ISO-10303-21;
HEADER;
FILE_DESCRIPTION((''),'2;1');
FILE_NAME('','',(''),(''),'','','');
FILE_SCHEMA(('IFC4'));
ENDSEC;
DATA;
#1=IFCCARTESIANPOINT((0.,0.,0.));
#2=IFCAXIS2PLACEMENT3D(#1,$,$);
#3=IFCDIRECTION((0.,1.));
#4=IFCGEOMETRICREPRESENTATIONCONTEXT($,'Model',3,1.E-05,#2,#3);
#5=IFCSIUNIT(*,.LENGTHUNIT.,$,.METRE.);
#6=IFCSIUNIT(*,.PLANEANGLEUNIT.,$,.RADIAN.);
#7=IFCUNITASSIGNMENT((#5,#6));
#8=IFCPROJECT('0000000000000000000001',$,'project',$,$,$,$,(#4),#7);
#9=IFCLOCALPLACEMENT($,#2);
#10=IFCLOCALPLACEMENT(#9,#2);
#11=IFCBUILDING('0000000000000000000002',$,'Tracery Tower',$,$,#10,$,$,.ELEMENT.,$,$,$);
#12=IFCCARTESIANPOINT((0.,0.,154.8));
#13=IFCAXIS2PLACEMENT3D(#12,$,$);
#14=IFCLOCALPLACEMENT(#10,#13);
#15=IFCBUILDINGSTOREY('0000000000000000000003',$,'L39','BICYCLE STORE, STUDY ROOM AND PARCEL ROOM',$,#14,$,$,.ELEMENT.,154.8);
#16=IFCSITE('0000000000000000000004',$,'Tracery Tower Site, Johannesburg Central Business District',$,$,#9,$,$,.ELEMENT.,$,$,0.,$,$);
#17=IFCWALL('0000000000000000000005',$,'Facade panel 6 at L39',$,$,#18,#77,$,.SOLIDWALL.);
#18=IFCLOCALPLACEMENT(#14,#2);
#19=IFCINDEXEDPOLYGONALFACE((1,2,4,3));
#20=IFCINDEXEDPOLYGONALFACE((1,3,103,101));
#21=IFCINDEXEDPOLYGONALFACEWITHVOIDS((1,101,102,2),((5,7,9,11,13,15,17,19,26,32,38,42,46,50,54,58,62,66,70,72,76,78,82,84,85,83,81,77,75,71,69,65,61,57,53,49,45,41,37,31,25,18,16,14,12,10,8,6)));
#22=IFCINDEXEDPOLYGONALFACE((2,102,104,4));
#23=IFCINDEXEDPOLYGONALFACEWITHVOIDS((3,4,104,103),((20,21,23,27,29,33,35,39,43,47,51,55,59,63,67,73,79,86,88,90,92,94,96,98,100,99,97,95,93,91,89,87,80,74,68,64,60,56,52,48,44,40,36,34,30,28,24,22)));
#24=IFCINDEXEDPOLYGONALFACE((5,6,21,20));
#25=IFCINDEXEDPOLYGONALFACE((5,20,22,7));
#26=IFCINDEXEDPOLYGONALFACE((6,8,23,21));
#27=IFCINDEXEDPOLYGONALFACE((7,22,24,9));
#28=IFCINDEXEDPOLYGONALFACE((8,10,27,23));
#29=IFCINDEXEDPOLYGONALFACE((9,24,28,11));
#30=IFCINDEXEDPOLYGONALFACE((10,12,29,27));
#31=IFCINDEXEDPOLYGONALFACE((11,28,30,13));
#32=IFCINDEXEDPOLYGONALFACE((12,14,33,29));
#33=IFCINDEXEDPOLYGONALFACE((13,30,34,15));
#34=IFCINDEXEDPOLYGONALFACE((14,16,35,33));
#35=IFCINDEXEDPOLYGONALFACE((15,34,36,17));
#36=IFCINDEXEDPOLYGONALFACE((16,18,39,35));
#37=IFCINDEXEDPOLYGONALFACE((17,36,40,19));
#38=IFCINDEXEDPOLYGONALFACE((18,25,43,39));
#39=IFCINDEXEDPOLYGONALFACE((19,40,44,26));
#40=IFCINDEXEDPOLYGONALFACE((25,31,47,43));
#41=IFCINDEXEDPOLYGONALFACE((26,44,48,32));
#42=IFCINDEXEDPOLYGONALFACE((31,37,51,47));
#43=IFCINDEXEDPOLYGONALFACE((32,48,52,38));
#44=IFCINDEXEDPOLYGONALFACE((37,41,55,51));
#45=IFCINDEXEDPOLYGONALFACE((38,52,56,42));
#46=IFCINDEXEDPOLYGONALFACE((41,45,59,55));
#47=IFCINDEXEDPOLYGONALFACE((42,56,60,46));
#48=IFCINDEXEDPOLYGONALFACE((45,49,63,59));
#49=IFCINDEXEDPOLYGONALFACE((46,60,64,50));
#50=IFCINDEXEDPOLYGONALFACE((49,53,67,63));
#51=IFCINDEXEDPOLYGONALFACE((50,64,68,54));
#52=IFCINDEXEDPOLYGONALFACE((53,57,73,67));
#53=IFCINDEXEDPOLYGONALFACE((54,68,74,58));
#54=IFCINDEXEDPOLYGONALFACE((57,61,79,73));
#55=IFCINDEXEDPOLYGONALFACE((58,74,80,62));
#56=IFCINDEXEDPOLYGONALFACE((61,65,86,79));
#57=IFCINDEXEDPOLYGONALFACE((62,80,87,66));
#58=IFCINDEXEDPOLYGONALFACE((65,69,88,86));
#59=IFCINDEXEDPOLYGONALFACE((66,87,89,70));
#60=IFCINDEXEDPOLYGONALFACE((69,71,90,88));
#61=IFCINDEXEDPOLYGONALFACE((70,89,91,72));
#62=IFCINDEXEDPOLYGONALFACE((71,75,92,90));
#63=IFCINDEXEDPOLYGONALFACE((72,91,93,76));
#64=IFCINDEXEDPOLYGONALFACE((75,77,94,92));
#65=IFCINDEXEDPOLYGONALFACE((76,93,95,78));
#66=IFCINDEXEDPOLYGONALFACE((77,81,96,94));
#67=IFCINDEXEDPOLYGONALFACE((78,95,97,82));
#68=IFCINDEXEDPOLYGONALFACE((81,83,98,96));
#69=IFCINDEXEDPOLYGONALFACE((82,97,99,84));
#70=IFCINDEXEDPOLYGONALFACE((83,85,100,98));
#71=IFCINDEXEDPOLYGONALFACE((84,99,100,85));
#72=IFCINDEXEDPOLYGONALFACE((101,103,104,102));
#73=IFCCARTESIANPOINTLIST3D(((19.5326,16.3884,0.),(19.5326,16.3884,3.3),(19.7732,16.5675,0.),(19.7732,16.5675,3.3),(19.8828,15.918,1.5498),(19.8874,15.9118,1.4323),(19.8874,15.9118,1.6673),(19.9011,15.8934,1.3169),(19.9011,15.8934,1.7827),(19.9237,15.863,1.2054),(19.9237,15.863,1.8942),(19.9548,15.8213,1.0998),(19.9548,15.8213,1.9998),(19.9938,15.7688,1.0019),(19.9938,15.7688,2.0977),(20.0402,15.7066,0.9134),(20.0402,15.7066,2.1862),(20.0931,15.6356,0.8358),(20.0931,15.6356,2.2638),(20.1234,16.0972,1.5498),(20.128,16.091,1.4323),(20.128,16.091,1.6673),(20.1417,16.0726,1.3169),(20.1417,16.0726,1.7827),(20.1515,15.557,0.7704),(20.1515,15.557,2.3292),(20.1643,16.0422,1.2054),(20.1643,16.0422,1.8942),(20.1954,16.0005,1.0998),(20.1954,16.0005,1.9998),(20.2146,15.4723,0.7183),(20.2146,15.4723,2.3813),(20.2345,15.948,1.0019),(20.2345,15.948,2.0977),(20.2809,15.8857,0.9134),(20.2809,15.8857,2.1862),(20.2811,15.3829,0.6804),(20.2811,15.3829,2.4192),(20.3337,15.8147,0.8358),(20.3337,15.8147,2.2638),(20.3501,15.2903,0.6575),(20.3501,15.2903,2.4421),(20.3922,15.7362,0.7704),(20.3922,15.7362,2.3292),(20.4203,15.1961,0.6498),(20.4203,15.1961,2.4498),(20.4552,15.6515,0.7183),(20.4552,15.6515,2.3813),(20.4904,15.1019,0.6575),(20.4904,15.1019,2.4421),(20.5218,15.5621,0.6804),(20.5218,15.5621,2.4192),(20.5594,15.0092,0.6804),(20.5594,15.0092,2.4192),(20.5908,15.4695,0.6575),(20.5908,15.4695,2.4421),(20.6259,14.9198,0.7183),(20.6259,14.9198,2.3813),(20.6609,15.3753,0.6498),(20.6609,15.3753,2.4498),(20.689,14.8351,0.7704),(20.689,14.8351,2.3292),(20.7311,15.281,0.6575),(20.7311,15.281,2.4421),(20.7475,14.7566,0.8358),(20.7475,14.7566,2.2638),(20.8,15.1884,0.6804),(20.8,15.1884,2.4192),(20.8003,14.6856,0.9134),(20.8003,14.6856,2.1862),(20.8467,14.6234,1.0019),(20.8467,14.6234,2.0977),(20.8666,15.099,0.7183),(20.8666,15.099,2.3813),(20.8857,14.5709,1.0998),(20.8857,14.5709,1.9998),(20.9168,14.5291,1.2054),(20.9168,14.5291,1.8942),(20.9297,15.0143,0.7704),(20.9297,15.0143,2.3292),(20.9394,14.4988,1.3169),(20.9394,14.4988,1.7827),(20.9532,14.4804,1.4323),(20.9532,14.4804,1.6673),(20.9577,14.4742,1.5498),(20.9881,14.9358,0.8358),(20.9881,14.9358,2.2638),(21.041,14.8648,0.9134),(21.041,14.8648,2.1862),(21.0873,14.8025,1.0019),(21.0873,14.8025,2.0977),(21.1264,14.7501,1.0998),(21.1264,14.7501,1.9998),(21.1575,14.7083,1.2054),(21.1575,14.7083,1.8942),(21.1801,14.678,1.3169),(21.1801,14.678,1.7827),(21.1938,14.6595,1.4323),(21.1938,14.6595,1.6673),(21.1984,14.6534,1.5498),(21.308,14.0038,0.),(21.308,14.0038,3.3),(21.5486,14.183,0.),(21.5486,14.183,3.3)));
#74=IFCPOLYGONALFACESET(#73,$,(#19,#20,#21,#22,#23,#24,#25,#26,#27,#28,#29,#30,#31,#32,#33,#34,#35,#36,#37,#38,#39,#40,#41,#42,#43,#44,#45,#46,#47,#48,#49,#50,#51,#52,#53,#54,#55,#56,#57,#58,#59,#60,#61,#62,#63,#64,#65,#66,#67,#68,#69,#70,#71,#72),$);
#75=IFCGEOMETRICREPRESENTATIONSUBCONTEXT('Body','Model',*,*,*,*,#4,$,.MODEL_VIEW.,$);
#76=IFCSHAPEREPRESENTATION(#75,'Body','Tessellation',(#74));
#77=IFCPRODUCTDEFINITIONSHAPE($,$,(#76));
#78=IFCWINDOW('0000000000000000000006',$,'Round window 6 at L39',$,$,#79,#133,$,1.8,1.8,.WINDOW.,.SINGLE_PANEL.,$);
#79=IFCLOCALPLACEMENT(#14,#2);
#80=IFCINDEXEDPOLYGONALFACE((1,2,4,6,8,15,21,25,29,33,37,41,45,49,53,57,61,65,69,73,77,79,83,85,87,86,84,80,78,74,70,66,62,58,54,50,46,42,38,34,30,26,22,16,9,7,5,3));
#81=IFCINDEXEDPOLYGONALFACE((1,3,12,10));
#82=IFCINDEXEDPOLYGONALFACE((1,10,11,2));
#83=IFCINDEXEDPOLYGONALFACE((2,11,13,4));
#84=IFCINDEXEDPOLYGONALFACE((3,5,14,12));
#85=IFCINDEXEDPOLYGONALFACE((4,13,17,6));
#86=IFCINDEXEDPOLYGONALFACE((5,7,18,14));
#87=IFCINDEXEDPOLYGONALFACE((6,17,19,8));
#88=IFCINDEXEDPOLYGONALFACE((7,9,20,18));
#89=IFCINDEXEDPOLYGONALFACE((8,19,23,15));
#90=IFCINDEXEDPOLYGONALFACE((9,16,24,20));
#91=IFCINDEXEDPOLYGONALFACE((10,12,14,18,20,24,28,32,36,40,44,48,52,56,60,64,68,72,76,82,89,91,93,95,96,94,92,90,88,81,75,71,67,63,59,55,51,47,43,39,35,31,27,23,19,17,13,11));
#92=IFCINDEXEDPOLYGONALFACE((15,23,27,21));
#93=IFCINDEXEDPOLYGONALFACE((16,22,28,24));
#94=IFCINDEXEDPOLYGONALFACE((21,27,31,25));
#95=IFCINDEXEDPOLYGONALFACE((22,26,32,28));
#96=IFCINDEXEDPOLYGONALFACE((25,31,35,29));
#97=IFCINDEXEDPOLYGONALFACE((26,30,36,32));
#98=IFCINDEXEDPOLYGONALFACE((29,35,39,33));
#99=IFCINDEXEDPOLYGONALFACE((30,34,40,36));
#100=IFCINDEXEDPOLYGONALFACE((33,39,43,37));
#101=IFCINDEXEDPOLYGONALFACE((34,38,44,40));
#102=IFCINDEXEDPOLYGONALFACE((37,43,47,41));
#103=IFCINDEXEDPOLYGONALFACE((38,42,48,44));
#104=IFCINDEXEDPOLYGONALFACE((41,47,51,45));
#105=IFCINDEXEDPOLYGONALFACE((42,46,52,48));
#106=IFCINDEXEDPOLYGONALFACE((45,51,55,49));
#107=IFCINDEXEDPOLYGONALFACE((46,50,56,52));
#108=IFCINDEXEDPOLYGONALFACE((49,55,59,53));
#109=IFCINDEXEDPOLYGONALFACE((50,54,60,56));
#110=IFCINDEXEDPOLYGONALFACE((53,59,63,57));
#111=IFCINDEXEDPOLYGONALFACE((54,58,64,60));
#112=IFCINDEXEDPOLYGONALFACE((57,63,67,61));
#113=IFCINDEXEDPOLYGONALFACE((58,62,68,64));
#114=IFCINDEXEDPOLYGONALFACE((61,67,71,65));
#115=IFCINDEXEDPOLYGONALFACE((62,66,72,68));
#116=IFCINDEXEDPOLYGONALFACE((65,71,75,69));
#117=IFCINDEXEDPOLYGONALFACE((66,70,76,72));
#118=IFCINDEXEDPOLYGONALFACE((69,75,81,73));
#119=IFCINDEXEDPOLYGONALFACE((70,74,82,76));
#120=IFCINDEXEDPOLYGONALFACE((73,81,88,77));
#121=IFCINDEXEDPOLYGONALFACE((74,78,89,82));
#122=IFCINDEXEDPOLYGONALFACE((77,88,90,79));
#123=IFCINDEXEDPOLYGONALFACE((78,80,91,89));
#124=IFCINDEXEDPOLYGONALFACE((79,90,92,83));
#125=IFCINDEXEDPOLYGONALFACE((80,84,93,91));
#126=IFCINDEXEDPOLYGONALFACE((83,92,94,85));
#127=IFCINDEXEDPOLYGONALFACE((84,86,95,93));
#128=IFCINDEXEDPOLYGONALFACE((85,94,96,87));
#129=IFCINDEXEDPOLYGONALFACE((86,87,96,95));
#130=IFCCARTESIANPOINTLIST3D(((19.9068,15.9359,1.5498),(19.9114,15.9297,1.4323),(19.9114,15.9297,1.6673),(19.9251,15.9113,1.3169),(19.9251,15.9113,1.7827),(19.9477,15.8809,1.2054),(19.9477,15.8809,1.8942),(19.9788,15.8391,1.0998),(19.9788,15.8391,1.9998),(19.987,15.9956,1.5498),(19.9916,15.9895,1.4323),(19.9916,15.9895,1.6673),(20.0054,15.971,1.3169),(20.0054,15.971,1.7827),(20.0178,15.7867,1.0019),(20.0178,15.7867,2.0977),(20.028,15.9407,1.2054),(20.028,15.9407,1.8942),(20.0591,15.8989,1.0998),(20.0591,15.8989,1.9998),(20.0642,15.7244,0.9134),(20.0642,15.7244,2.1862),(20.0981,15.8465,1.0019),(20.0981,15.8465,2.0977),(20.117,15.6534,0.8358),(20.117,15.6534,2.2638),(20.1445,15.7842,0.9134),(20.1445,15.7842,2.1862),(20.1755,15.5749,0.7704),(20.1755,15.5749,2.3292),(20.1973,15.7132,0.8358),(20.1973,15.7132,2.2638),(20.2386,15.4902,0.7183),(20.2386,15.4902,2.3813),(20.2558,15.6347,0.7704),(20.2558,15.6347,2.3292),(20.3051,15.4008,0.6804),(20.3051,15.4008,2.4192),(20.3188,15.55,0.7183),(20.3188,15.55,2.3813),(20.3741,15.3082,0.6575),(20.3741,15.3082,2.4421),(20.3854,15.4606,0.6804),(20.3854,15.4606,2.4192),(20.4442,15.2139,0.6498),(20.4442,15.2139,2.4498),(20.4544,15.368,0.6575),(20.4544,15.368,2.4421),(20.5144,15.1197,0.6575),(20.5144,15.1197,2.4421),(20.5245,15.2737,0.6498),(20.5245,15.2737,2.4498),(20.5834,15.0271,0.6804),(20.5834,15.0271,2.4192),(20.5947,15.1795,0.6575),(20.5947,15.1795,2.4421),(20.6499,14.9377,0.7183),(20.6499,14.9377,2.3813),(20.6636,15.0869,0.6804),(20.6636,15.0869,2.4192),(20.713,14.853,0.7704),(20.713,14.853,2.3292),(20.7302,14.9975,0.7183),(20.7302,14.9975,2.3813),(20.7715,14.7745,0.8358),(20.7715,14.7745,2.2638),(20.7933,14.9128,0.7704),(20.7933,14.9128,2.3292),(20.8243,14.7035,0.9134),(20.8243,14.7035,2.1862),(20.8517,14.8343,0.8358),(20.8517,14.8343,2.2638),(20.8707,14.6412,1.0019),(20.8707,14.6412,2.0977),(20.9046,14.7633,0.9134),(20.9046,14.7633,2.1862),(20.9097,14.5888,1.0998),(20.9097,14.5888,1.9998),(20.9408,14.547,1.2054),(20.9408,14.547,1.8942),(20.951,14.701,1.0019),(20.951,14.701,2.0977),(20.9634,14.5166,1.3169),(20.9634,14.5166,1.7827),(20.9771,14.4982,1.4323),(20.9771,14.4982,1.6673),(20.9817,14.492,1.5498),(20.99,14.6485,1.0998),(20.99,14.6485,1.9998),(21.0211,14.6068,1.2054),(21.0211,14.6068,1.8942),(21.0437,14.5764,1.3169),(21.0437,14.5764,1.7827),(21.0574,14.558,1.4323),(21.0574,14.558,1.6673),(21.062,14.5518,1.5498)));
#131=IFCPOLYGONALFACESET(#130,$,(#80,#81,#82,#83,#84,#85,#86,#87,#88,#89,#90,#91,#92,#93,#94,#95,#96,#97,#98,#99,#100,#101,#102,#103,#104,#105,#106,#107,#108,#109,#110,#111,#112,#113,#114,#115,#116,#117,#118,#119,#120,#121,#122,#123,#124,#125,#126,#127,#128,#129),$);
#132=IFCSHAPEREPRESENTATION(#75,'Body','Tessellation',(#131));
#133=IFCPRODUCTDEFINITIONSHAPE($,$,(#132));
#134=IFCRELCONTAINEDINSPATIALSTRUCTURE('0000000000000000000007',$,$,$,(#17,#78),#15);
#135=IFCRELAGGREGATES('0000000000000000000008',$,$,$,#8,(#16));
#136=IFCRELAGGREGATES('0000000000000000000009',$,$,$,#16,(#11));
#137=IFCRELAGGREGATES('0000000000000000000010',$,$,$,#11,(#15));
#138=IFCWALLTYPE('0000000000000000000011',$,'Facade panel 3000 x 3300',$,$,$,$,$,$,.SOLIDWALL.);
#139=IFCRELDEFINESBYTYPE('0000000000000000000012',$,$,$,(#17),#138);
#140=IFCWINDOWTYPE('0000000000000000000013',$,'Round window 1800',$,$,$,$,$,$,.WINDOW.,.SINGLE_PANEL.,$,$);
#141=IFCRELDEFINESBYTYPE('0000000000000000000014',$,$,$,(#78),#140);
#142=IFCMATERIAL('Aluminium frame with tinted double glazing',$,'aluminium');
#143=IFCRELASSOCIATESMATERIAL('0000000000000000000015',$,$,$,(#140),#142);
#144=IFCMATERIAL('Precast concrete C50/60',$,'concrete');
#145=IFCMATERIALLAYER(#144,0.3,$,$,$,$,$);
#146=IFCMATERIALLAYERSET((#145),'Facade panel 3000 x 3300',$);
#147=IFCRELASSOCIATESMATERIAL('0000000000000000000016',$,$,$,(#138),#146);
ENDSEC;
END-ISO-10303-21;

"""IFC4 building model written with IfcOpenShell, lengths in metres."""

from ifc_helpers import new_model, si_unit, direction, frame, frame_2d, origin, origin_2d, place, context, subcontext, project, spatial, rectangle, circle, extrude, material, layer, layer_set, type_object, element, fill, save


model = new_model("IFC4")

# Units and contexts
model_context = context("Model", 3, precision=1e-05, world=origin(), true_north=direction((0.0, 1.0)))
body_context = subcontext(model_context, "Body", "Model", "MODEL_VIEW")
ifc_project = project(units=[si_unit("LENGTHUNIT", "METRE"), si_unit("PLANEANGLEUNIT", "RADIAN")], contexts=[model_context])

# Site, building, storey
site_placement = place(None, origin())
site = spatial("IfcSite", under=ifc_project, at=site_placement, Name="Tracery Tower Site, Johannesburg Central Business District", CompositionType="ELEMENT", RefElevation=0.0)
building_placement = place(site_placement, origin())
building = spatial("IfcBuilding", under=site, at=building_placement, Name="Tracery Tower", CompositionType="ELEMENT")
storey_placement = place(building_placement, frame((0.0, 0.0, 154.8)))
storey = spatial("IfcBuildingStorey", under=building, at=storey_placement, Name="L39", Description="BICYCLE STORE, STUDY ROOM AND PARCEL ROOM", CompositionType="ELEMENT", Elevation=154.8)

# Wall, opening, window
ifc_material_1 = material(Name="Aluminium frame with tinted double glazing", Category="aluminium")
window_type = type_object("IfcWindowType", Name="Round window 1800", PartitioningType="SINGLE_PANEL", PredefinedType="WINDOW", material=ifc_material_1)
ifc_material_2 = material(Name="Precast concrete C50/60", Category="concrete")
ifc_layer_1 = layer(ifc_material_2, 0.3)
ifc_layer_set_1 = layer_set([ifc_layer_1], Name="Facade panel 3000 x 3300")
wall_type_1 = type_object("IfcWallType", Name="Facade panel 3000 x 3300", PredefinedType="SOLIDWALL", material=ifc_layer_set_1)
wall_1_placement = place(storey_placement, frame((21.4282, 14.0935, 0.0), z_axis=(0.0, 0.0, 1.0), x_axis=(-0.597198, 0.802094, 0.0)))
wall_1 = element("IfcWall", 1, at=wall_1_placement, inside=storey, type_object=wall_type_1, Name="Facade panel 6 at L39", PredefinedType="SOLIDWALL", context=body_context, shape_type="SweptSolid", body=[
    extrude(rectangle(XDim=2.9729, YDim=0.3, at=frame_2d((1.4863, 0.0))), origin(), (0.0, 0.0, 1.0), 3.3),
])
opening_1_placement = place(wall_1_placement, frame((1.4863, 0.0, 1.5498)))
opening_1 = element("IfcOpeningElement", 2, at=opening_1_placement, cuts=wall_1, PredefinedType="OPENING", context=body_context, shape_type="SweptSolid", body=[
    extrude(circle(Radius=0.9, at=origin_2d()), frame((0.0, 0.1599, 0.0), z_axis=(0.0, -1.0, 0.0), x_axis=(1.0, 0.0, 0.0)), (0.0, 0.0, 1.0), 0.3201),
])
window_1_placement = place(opening_1_placement, origin())
window_1 = element("IfcWindow", 3, at=window_1_placement, inside=storey, type_object=window_type, Name="Round window 6 at L39", OverallHeight=1.8, OverallWidth=1.8, PartitioningType="SINGLE_PANEL", PredefinedType="WINDOW", context=body_context, shape_type="SweptSolid", body=[
    extrude(circle(Radius=0.9, at=origin_2d()), frame((0.0, 0.1201, 0.0), z_axis=(0.0, -1.0, 0.0), x_axis=(1.0, 0.0, 0.0)), (0.0, 0.0, 1.0), 0.1001),
])
fill(opening_1, window_1)

save(model, "model.ifc")
